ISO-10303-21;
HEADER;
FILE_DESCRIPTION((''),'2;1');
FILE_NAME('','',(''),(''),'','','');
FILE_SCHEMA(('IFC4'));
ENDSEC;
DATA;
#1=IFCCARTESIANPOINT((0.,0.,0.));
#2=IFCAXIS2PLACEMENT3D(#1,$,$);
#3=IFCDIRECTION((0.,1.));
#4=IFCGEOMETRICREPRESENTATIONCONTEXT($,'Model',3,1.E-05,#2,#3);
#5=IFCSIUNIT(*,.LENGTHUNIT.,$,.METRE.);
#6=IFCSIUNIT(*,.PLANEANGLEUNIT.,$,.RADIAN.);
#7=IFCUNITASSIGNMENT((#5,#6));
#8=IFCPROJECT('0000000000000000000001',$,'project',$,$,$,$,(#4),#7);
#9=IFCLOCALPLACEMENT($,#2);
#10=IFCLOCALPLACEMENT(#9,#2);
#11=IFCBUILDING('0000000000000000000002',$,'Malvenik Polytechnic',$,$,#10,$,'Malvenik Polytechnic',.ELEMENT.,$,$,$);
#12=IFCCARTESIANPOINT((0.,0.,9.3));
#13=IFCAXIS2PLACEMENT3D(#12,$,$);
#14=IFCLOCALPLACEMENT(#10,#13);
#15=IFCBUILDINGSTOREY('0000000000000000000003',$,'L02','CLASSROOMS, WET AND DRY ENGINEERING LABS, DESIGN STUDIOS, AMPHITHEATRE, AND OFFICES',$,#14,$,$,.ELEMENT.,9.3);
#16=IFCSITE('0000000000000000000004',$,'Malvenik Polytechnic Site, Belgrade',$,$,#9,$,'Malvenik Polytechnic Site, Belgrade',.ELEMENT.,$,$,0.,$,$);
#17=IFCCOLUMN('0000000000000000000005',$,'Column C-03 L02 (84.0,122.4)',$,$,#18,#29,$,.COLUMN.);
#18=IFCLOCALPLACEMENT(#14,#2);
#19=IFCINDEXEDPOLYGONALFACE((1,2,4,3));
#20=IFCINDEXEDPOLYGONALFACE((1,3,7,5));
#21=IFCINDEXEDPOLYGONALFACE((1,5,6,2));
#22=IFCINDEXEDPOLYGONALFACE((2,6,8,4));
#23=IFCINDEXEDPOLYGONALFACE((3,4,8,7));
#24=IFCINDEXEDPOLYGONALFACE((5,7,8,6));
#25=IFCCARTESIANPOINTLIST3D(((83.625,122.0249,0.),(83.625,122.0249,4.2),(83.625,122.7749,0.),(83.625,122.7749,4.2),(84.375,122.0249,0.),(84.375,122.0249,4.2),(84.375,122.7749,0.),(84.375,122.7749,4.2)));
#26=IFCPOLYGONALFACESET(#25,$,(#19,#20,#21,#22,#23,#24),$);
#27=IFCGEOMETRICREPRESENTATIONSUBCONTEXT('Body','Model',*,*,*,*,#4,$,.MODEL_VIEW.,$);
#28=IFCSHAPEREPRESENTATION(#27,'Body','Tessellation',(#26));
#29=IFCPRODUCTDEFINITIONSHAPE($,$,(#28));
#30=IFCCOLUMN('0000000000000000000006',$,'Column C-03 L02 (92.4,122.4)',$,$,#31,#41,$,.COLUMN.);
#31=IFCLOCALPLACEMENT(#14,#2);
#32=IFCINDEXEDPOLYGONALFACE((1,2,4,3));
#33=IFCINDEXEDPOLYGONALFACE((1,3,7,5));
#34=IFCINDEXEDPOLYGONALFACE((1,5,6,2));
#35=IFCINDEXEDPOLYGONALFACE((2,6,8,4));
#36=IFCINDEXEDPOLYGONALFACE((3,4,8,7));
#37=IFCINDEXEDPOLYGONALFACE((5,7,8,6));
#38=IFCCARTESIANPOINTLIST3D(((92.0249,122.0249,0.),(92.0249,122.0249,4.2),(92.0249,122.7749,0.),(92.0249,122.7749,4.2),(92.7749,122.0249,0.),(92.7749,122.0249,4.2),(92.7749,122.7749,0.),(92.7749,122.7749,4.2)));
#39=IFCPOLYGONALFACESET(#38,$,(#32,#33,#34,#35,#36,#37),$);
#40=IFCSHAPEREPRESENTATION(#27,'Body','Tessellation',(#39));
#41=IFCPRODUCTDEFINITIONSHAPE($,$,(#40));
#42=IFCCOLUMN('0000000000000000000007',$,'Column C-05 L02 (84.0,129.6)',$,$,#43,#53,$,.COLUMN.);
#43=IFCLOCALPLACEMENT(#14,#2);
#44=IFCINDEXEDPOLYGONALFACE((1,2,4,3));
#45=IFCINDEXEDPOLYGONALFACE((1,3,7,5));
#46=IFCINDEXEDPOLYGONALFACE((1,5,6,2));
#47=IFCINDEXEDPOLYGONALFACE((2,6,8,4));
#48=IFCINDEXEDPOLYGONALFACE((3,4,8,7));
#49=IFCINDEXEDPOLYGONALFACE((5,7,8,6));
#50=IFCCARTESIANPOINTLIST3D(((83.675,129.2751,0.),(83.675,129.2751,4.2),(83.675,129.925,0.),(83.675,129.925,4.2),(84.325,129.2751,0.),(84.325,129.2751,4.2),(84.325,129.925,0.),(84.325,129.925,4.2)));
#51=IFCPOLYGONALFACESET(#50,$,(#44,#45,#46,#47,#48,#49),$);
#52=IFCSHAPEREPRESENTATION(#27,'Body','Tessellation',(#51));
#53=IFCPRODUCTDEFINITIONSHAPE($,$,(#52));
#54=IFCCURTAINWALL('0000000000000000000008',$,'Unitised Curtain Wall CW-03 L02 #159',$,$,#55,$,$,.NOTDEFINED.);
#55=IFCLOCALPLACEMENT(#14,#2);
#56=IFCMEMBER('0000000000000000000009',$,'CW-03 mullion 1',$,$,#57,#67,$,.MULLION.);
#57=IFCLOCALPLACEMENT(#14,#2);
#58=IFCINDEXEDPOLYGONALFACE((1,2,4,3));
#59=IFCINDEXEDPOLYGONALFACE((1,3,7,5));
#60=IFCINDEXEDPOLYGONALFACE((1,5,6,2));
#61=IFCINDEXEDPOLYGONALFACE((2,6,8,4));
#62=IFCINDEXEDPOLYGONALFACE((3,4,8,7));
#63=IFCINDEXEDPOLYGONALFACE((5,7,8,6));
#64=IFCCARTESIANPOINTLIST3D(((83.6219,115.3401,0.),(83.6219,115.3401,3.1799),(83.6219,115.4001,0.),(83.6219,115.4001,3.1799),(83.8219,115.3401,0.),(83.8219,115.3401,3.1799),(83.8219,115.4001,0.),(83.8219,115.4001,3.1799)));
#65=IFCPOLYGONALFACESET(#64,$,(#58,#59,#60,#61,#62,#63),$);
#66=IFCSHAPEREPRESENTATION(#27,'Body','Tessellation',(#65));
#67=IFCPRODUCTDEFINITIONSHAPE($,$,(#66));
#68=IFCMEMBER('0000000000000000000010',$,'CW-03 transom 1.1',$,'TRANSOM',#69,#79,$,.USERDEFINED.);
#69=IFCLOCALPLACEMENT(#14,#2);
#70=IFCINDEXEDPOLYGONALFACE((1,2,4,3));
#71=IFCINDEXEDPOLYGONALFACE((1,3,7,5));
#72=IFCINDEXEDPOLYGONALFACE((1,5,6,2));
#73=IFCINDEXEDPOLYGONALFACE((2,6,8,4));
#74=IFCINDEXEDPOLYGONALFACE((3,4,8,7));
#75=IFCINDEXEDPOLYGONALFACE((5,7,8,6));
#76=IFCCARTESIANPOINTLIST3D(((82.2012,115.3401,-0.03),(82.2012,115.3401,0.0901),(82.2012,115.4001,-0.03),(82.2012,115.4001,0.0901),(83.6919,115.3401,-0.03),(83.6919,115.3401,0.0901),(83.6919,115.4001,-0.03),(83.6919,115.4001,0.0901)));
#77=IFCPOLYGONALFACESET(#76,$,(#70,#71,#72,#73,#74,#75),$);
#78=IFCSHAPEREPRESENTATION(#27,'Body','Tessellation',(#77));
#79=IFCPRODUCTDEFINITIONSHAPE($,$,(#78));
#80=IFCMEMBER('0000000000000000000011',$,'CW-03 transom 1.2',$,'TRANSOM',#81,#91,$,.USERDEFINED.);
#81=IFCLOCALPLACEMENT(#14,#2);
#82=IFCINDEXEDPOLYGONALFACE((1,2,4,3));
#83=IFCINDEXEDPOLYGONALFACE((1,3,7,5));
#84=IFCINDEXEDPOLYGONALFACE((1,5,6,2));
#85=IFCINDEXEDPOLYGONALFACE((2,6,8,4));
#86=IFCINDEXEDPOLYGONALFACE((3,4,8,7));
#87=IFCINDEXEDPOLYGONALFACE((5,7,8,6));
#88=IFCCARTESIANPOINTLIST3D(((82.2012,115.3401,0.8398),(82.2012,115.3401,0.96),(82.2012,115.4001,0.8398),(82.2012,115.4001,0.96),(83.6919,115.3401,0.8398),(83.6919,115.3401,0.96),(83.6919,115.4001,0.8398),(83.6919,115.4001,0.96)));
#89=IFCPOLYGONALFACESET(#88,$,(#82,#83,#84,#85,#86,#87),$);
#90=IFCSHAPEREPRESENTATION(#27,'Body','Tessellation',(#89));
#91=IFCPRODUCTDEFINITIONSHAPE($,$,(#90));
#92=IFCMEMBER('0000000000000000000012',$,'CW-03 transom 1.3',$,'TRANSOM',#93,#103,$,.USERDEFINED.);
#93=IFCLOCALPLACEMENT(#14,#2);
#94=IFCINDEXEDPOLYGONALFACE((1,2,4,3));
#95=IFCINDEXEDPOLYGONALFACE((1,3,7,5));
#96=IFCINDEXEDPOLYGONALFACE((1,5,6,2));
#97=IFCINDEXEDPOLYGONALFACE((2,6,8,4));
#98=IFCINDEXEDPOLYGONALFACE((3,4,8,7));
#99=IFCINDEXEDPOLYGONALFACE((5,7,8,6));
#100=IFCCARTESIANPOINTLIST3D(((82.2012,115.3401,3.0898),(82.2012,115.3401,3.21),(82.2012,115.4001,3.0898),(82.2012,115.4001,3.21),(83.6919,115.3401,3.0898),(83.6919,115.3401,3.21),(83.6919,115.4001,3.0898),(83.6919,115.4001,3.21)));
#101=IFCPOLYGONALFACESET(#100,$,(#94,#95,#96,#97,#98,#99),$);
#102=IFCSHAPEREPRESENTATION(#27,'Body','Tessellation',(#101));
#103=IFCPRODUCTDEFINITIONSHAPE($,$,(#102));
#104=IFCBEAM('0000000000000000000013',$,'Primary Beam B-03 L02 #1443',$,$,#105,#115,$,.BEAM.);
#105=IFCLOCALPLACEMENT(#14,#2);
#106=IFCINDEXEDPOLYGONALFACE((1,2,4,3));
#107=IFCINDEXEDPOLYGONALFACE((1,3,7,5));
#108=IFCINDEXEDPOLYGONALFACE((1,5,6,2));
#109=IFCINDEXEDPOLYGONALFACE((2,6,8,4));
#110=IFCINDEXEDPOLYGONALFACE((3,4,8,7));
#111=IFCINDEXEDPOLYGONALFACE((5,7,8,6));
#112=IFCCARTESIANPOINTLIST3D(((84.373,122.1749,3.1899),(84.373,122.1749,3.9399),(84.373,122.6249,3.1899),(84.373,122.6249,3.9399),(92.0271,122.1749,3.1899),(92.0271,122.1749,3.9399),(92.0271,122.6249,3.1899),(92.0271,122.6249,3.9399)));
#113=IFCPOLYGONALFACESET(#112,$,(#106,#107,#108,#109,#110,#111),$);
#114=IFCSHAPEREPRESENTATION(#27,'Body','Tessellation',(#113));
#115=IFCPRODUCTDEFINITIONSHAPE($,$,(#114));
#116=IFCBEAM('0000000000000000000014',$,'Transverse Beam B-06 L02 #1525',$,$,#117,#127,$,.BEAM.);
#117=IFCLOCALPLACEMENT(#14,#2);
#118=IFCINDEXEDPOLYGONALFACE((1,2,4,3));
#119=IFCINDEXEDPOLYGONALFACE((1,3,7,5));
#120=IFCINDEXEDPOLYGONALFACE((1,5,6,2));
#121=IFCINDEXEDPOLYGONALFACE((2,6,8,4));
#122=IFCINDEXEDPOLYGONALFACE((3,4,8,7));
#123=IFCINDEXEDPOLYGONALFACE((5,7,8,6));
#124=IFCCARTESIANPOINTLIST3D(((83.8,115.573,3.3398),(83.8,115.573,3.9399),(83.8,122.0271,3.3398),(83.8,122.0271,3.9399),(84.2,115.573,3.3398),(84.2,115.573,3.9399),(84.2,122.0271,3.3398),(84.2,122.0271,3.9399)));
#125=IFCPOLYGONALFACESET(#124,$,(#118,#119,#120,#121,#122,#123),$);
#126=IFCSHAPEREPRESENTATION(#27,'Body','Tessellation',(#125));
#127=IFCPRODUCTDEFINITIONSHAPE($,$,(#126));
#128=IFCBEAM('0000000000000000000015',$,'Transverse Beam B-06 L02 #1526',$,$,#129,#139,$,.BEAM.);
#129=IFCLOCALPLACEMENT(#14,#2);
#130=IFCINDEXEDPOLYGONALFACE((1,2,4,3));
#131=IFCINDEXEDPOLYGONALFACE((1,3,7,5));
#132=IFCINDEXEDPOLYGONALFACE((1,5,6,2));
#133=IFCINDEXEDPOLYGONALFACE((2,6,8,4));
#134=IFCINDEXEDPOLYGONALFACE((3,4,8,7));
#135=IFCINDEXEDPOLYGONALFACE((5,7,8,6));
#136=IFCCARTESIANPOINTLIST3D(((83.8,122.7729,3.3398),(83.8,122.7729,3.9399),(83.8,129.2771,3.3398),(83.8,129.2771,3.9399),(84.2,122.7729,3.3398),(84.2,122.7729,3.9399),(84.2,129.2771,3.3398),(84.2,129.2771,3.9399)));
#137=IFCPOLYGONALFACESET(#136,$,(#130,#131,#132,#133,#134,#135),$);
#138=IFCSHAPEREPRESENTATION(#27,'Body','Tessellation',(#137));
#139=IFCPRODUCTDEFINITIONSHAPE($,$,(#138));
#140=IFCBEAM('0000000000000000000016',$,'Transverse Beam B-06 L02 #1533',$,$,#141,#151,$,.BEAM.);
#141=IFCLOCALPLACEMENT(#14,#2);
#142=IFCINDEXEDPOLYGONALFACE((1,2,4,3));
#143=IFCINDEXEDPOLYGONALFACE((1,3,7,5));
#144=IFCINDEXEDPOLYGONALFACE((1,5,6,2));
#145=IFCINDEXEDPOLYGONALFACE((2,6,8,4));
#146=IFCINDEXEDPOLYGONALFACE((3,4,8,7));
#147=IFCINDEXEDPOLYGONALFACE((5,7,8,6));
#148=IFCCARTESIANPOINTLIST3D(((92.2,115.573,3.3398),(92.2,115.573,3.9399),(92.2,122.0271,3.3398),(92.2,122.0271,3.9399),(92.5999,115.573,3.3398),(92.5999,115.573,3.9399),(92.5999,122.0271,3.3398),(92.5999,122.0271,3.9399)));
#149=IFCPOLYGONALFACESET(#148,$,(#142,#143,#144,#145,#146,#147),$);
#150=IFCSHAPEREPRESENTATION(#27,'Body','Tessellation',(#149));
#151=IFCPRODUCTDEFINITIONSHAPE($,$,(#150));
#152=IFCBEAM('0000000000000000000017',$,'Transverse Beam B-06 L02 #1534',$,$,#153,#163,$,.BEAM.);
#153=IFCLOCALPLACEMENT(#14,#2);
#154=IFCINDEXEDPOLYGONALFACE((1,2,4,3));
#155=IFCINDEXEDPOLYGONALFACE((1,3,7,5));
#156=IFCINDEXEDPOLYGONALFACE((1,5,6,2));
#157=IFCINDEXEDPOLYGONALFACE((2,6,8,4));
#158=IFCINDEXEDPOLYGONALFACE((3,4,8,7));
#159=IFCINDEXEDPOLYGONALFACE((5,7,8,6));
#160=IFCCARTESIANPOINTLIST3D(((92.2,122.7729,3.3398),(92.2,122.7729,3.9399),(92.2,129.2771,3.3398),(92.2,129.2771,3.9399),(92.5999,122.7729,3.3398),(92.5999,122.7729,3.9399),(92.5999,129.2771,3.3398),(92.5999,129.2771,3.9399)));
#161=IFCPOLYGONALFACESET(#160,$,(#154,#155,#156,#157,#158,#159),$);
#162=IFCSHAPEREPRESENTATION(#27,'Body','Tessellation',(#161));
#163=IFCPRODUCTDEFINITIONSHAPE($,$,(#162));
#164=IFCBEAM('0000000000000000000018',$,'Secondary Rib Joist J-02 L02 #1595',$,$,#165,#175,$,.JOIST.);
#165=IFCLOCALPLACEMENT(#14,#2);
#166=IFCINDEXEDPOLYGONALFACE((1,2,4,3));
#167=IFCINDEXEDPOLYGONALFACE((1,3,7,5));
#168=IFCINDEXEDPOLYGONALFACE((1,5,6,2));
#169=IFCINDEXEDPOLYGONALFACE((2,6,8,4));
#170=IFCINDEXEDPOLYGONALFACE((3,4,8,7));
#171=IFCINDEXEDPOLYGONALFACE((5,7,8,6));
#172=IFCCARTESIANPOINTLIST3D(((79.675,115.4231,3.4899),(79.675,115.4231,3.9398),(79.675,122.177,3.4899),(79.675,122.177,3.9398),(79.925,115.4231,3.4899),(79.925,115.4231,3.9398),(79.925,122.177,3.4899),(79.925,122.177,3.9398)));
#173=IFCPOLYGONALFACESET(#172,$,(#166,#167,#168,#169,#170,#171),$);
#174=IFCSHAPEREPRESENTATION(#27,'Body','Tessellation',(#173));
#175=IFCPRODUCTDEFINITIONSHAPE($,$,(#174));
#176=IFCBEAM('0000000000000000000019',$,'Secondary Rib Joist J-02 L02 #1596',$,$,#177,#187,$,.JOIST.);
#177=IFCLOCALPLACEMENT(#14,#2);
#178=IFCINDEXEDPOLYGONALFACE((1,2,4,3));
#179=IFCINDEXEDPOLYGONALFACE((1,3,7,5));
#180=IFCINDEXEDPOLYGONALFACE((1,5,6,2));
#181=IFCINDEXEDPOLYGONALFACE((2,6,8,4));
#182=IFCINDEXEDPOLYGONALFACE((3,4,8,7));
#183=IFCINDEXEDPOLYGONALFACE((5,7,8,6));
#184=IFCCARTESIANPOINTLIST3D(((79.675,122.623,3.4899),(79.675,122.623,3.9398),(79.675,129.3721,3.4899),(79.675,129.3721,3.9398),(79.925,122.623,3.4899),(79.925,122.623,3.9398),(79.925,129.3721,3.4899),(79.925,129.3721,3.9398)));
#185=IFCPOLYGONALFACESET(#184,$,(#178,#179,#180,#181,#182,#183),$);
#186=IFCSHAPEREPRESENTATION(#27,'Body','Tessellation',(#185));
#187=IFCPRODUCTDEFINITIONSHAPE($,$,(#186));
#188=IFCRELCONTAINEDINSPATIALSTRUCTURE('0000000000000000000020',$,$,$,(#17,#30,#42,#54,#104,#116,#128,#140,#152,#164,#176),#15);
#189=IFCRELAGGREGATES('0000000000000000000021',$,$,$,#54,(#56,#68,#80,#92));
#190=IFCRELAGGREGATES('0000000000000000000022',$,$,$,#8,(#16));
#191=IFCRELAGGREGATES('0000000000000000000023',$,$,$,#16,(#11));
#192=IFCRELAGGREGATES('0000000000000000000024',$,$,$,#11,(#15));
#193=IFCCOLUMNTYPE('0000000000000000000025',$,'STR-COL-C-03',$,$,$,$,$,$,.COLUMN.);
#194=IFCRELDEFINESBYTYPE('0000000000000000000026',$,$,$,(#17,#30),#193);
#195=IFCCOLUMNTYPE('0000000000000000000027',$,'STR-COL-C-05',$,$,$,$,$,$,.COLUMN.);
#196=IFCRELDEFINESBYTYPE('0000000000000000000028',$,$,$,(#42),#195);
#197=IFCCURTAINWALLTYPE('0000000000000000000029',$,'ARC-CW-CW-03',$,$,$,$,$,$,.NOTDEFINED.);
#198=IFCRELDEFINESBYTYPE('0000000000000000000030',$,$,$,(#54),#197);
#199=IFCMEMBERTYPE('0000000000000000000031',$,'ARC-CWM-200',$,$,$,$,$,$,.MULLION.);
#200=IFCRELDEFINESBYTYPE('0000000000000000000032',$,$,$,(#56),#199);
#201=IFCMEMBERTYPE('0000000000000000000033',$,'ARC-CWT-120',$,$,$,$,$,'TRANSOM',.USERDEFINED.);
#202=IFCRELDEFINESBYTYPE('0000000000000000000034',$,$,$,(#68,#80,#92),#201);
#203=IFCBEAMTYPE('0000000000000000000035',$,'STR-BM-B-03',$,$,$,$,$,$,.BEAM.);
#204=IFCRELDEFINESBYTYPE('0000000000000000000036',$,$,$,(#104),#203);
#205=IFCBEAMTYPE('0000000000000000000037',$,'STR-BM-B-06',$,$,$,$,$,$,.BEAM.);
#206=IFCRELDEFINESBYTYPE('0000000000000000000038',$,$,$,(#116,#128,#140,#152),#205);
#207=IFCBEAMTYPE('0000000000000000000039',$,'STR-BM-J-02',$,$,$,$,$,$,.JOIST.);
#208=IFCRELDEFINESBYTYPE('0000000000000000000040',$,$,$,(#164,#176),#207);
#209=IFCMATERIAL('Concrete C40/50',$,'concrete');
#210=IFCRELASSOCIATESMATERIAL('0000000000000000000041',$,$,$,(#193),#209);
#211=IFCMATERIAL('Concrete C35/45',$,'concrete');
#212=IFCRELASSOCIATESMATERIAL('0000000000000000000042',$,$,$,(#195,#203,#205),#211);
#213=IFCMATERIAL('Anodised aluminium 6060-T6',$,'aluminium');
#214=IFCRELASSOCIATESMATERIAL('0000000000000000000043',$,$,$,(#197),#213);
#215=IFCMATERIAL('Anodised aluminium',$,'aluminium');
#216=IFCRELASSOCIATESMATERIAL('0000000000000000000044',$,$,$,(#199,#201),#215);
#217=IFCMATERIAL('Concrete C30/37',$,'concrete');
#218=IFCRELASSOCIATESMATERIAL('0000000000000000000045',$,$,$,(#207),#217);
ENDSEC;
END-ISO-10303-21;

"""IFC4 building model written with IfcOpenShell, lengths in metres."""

from ifc_helpers import new_model, si_unit, direction, frame, origin, origin_2d, place, context, subcontext, project, spatial, rectangle, extrude, material, material_profile, profile_set, type_object, element, aggregate, save


model = new_model("IFC4")

# Units and contexts
model_context = context("Model", 3, precision=1e-05, world=origin(), true_north=direction((0.0, 1.0)))
body_context = subcontext(model_context, "Body", "Model", "MODEL_VIEW")
ifc_project = project(units=[si_unit("LENGTHUNIT", "METRE"), si_unit("PLANEANGLEUNIT", "RADIAN")], contexts=[model_context])

# Site, building, storey
site_placement = place(None, origin())
site = spatial("IfcSite", under=ifc_project, at=site_placement, Name="Malvenik Polytechnic Site, Belgrade", LongName="Malvenik Polytechnic Site, Belgrade", CompositionType="ELEMENT", RefElevation=0.0)
building_placement = place(site_placement, origin())
building = spatial("IfcBuilding", under=site, at=building_placement, Name="Malvenik Polytechnic", LongName="Malvenik Polytechnic", CompositionType="ELEMENT")
storey_placement = place(building_placement, frame((0.0, 0.0, 9.3)))
storey = spatial("IfcBuildingStorey", under=building, at=storey_placement, Name="L02", Description="CLASSROOMS, WET AND DRY ENGINEERING LABS, DESIGN STUDIOS, AMPHITHEATRE, AND OFFICES", CompositionType="ELEMENT", Elevation=9.3)

# Columns
ifc_material_1 = material(Name="Concrete C40/50", Category="concrete")
ifc_material_profile_1 = material_profile(ifc_material_1, rectangle(XDim=0.75, YDim=0.75, at=origin_2d()), Name="RC COL 750x750")
ifc_profile_set_1 = profile_set([ifc_material_profile_1], Name="Concrete C40/50")
column_type_1 = type_object("IfcColumnType", Name="STR-COL-C-03", PredefinedType="COLUMN", material=ifc_profile_set_1)
for number, where, z_axis, x_axis, name in (
    (1, (84.0, 122.3999, 0.0), (0.0, 0.0, 1.0), (1.0, 0.0, 0.0), "Column C-03 L02 (84.0,122.4)"),
    (2, (92.3999, 122.3999, 0.0), (0.0, 0.0, 1.0), (1.0, 0.0, 0.0), "Column C-03 L02 (92.4,122.4)"),
):
    element("IfcColumn", number, at=place(storey_placement, frame(where, z_axis=z_axis, x_axis=x_axis)), inside=storey, type_object=column_type_1, Name=name, PredefinedType="COLUMN", context=body_context, shape_type="SweptSolid", body=[
        extrude(rectangle(XDim=0.75, YDim=0.75, at=origin_2d()), origin(), (0.0, 0.0, 1.0), 4.2),
    ])
ifc_material_2 = material(Name="Concrete C35/45", Category="concrete")
ifc_material_profile_2 = material_profile(ifc_material_2, rectangle(XDim=0.6499, YDim=0.6499, at=origin_2d()), Name="RC COL 650x650")
ifc_profile_set_2 = profile_set([ifc_material_profile_2], Name="Concrete C35/45")
column_type_2 = type_object("IfcColumnType", Name="STR-COL-C-05", PredefinedType="COLUMN", material=ifc_profile_set_2)
column_placement = place(storey_placement, frame((84.0, 129.6001, 0.0), z_axis=(0.0, 0.0, 1.0), x_axis=(1.0, 0.0, 0.0)))
element("IfcColumn", 3, at=column_placement, inside=storey, type_object=column_type_2, Name="Column C-05 L02 (84.0,129.6)", PredefinedType="COLUMN", context=body_context, shape_type="SweptSolid", body=[
    extrude(rectangle(XDim=0.6499, YDim=0.6499, at=origin_2d()), origin(), (0.0, 0.0, 1.0), 4.2),
])

# Curtain wall, members
ifc_material_3 = material(Name="Anodised aluminium 6060-T6", Category="aluminium")
curtain_wall_type = type_object("IfcCurtainWallType", Name="ARC-CW-CW-03", PredefinedType="NOTDEFINED", material=ifc_material_3)
curtain_wall_placement = place(storey_placement, origin())
curtain_wall = element("IfcCurtainWall", 4, at=curtain_wall_placement, inside=storey, type_object=curtain_wall_type, Name="Unitised Curtain Wall CW-03 L02 #159", PredefinedType="NOTDEFINED")
ifc_material_4 = material(Name="Anodised aluminium", Category="aluminium")
ifc_material_profile_3 = material_profile(ifc_material_4, rectangle(XDim=0.0601, YDim=0.2, at=origin_2d()), Name="ALU MULLION 60x200")
ifc_profile_set_3 = profile_set([ifc_material_profile_3], Name="Anodised aluminium")
member_type_1 = type_object("IfcMemberType", Name="ARC-CWM-200", PredefinedType="MULLION", material=ifc_profile_set_3)
member_1_placement = place(storey_placement, frame((83.7219, 115.3701, 0.0), z_axis=(0.0, 0.0, 1.0), x_axis=(0.0, -1.0, 0.0)))
member_1 = element("IfcMember", 5, at=member_1_placement, type_object=member_type_1, Name="CW-03 mullion 1", PredefinedType="MULLION", context=body_context, shape_type="SweptSolid", body=[
    extrude(rectangle(XDim=0.0601, YDim=0.2, at=origin_2d()), origin(), (0.0, 0.0, 1.0), 3.1799),
])
ifc_material_profile_4 = material_profile(ifc_material_4, rectangle(XDim=0.0601, YDim=0.1201, at=origin_2d()), Name="ALU TRANSOM 60x120")
ifc_profile_set_4 = profile_set([ifc_material_profile_4], Name="Anodised aluminium")
member_type_2 = type_object("IfcMemberType", Name="ARC-CWT-120", ElementType="TRANSOM", PredefinedType="USERDEFINED", material=ifc_profile_set_4)
member_2_placement = place(storey_placement, frame((83.6919, 115.3701, 0.03), z_axis=(-1.0, 0.0, 0.0), x_axis=(0.0, -1.0, 0.0)))
member_2 = element("IfcMember", 6, at=member_2_placement, type_object=member_type_2, Name="CW-03 transom 1.1", ObjectType="TRANSOM", PredefinedType="USERDEFINED", context=body_context, shape_type="SweptSolid", body=[
    extrude(rectangle(XDim=0.0601, YDim=0.1201, at=origin_2d()), origin(), (0.0, 0.0, 1.0), 1.4907),
])
member_3_placement = place(storey_placement, frame((83.6919, 115.3701, 0.8999), z_axis=(-1.0, 0.0, 0.0), x_axis=(0.0, -1.0, 0.0)))
member_3 = element("IfcMember", 7, at=member_3_placement, type_object=member_type_2, Name="CW-03 transom 1.2", ObjectType="TRANSOM", PredefinedType="USERDEFINED", context=body_context, shape_type="SweptSolid", body=[
    extrude(rectangle(XDim=0.0601, YDim=0.1201, at=origin_2d()), origin(), (0.0, 0.0, 1.0), 1.4907),
])
member_4_placement = place(storey_placement, frame((83.6919, 115.3701, 3.1499), z_axis=(-1.0, 0.0, 0.0), x_axis=(0.0, -1.0, 0.0)))
member_4 = element("IfcMember", 8, at=member_4_placement, type_object=member_type_2, Name="CW-03 transom 1.3", ObjectType="TRANSOM", PredefinedType="USERDEFINED", context=body_context, shape_type="SweptSolid", body=[
    extrude(rectangle(XDim=0.0601, YDim=0.1201, at=origin_2d()), origin(), (0.0, 0.0, 1.0), 1.4907),
])
aggregate(curtain_wall, [member_1, member_2, member_3, member_4])

# Beams
ifc_material_profile_5 = material_profile(ifc_material_2, rectangle(XDim=0.45, YDim=0.75, at=origin_2d()), Name="RC BM 450x750")
ifc_profile_set_5 = profile_set([ifc_material_profile_5], Name="Concrete C35/45")
beam_type_1 = type_object("IfcBeamType", Name="STR-BM-B-03", PredefinedType="BEAM", material=ifc_profile_set_5)
beam_1_placement = place(storey_placement, frame((84.373, 122.3999, 3.5649), z_axis=(1.0, 0.0, 0.0), x_axis=(0.0, 1.0, 0.0)))
element("IfcBeam", 9, at=beam_1_placement, inside=storey, type_object=beam_type_1, Name="Primary Beam B-03 L02 #1443", PredefinedType="BEAM", context=body_context, shape_type="SweptSolid", body=[
    extrude(rectangle(XDim=0.45, YDim=0.75, at=origin_2d()), origin(), (0.0, 0.0, 1.0), 7.6541),
])
ifc_material_profile_6 = material_profile(ifc_material_2, rectangle(XDim=0.3999, YDim=0.6001, at=origin_2d()), Name="RC BM 400x600")
ifc_profile_set_6 = profile_set([ifc_material_profile_6], Name="Concrete C35/45")
beam_type_2 = type_object("IfcBeamType", Name="STR-BM-B-06", PredefinedType="BEAM", material=ifc_profile_set_6)
beam_2_placement = place(storey_placement, frame((84.0, 115.573, 3.6399), z_axis=(0.0, 1.0, 0.0), x_axis=(-1.0, 0.0, 0.0)))
element("IfcBeam", 10, at=beam_2_placement, inside=storey, type_object=beam_type_2, Name="Transverse Beam B-06 L02 #1525", PredefinedType="BEAM", context=body_context, shape_type="SweptSolid", body=[
    extrude(rectangle(XDim=0.3999, YDim=0.6001, at=origin_2d()), origin(), (0.0, 0.0, 1.0), 6.4541),
])
beam_3_placement = place(storey_placement, frame((84.0, 122.7729, 3.6399), z_axis=(0.0, 1.0, 0.0), x_axis=(-1.0, 0.0, 0.0)))
element("IfcBeam", 11, at=beam_3_placement, inside=storey, type_object=beam_type_2, Name="Transverse Beam B-06 L02 #1526", PredefinedType="BEAM", context=body_context, shape_type="SweptSolid", body=[
    extrude(rectangle(XDim=0.3999, YDim=0.6001, at=origin_2d()), origin(), (0.0, 0.0, 1.0), 6.5042),
])
beam_4_placement = place(storey_placement, frame((92.3999, 115.573, 3.6399), z_axis=(0.0, 1.0, 0.0), x_axis=(-1.0, 0.0, 0.0)))
element("IfcBeam", 12, at=beam_4_placement, inside=storey, type_object=beam_type_2, Name="Transverse Beam B-06 L02 #1533", PredefinedType="BEAM", context=body_context, shape_type="SweptSolid", body=[
    extrude(rectangle(XDim=0.3999, YDim=0.6001, at=origin_2d()), origin(), (0.0, 0.0, 1.0), 6.4541),
])
beam_5_placement = place(storey_placement, frame((92.3999, 122.7729, 3.6399), z_axis=(0.0, 1.0, 0.0), x_axis=(-1.0, 0.0, 0.0)))
element("IfcBeam", 13, at=beam_5_placement, inside=storey, type_object=beam_type_2, Name="Transverse Beam B-06 L02 #1534", PredefinedType="BEAM", context=body_context, shape_type="SweptSolid", body=[
    extrude(rectangle(XDim=0.3999, YDim=0.6001, at=origin_2d()), origin(), (0.0, 0.0, 1.0), 6.5042),
])
ifc_material_5 = material(Name="Concrete C30/37", Category="concrete")
ifc_material_profile_7 = material_profile(ifc_material_5, rectangle(XDim=0.25, YDim=0.45, at=origin_2d()), Name="RC JST 250x450")
ifc_profile_set_7 = profile_set([ifc_material_profile_7], Name="Concrete C30/37")
beam_type_3 = type_object("IfcBeamType", Name="STR-BM-J-02", PredefinedType="JOIST", material=ifc_profile_set_7)
beam_6_placement = place(storey_placement, frame((79.8, 115.4231, 3.7148), z_axis=(0.0, 1.0, 0.0), x_axis=(-1.0, 0.0, 0.0)))
element("IfcBeam", 14, at=beam_6_placement, inside=storey, type_object=beam_type_3, Name="Secondary Rib Joist J-02 L02 #1595", PredefinedType="JOIST", context=body_context, shape_type="SweptSolid", body=[
    extrude(rectangle(XDim=0.25, YDim=0.45, at=origin_2d()), origin(), (0.0, 0.0, 1.0), 6.7539),
])
for number, where, z_axis, x_axis, name in (
    (15, (79.8, 122.623, 3.7148), (0.0, 1.0, 0.0), (-1.0, 0.0, 0.0), "Secondary Rib Joist J-02 L02 #1596"),
):
    element("IfcBeam", number, at=place(storey_placement, frame(where, z_axis=z_axis, x_axis=x_axis)), inside=storey, type_object=beam_type_3, Name=name, PredefinedType="JOIST", context=body_context, shape_type="SweptSolid", body=[
        extrude(rectangle(XDim=0.25, YDim=0.45, at=origin_2d()), origin(), (0.0, 0.0, 1.0), 6.749),
    ])

save(model, "model.ifc")
